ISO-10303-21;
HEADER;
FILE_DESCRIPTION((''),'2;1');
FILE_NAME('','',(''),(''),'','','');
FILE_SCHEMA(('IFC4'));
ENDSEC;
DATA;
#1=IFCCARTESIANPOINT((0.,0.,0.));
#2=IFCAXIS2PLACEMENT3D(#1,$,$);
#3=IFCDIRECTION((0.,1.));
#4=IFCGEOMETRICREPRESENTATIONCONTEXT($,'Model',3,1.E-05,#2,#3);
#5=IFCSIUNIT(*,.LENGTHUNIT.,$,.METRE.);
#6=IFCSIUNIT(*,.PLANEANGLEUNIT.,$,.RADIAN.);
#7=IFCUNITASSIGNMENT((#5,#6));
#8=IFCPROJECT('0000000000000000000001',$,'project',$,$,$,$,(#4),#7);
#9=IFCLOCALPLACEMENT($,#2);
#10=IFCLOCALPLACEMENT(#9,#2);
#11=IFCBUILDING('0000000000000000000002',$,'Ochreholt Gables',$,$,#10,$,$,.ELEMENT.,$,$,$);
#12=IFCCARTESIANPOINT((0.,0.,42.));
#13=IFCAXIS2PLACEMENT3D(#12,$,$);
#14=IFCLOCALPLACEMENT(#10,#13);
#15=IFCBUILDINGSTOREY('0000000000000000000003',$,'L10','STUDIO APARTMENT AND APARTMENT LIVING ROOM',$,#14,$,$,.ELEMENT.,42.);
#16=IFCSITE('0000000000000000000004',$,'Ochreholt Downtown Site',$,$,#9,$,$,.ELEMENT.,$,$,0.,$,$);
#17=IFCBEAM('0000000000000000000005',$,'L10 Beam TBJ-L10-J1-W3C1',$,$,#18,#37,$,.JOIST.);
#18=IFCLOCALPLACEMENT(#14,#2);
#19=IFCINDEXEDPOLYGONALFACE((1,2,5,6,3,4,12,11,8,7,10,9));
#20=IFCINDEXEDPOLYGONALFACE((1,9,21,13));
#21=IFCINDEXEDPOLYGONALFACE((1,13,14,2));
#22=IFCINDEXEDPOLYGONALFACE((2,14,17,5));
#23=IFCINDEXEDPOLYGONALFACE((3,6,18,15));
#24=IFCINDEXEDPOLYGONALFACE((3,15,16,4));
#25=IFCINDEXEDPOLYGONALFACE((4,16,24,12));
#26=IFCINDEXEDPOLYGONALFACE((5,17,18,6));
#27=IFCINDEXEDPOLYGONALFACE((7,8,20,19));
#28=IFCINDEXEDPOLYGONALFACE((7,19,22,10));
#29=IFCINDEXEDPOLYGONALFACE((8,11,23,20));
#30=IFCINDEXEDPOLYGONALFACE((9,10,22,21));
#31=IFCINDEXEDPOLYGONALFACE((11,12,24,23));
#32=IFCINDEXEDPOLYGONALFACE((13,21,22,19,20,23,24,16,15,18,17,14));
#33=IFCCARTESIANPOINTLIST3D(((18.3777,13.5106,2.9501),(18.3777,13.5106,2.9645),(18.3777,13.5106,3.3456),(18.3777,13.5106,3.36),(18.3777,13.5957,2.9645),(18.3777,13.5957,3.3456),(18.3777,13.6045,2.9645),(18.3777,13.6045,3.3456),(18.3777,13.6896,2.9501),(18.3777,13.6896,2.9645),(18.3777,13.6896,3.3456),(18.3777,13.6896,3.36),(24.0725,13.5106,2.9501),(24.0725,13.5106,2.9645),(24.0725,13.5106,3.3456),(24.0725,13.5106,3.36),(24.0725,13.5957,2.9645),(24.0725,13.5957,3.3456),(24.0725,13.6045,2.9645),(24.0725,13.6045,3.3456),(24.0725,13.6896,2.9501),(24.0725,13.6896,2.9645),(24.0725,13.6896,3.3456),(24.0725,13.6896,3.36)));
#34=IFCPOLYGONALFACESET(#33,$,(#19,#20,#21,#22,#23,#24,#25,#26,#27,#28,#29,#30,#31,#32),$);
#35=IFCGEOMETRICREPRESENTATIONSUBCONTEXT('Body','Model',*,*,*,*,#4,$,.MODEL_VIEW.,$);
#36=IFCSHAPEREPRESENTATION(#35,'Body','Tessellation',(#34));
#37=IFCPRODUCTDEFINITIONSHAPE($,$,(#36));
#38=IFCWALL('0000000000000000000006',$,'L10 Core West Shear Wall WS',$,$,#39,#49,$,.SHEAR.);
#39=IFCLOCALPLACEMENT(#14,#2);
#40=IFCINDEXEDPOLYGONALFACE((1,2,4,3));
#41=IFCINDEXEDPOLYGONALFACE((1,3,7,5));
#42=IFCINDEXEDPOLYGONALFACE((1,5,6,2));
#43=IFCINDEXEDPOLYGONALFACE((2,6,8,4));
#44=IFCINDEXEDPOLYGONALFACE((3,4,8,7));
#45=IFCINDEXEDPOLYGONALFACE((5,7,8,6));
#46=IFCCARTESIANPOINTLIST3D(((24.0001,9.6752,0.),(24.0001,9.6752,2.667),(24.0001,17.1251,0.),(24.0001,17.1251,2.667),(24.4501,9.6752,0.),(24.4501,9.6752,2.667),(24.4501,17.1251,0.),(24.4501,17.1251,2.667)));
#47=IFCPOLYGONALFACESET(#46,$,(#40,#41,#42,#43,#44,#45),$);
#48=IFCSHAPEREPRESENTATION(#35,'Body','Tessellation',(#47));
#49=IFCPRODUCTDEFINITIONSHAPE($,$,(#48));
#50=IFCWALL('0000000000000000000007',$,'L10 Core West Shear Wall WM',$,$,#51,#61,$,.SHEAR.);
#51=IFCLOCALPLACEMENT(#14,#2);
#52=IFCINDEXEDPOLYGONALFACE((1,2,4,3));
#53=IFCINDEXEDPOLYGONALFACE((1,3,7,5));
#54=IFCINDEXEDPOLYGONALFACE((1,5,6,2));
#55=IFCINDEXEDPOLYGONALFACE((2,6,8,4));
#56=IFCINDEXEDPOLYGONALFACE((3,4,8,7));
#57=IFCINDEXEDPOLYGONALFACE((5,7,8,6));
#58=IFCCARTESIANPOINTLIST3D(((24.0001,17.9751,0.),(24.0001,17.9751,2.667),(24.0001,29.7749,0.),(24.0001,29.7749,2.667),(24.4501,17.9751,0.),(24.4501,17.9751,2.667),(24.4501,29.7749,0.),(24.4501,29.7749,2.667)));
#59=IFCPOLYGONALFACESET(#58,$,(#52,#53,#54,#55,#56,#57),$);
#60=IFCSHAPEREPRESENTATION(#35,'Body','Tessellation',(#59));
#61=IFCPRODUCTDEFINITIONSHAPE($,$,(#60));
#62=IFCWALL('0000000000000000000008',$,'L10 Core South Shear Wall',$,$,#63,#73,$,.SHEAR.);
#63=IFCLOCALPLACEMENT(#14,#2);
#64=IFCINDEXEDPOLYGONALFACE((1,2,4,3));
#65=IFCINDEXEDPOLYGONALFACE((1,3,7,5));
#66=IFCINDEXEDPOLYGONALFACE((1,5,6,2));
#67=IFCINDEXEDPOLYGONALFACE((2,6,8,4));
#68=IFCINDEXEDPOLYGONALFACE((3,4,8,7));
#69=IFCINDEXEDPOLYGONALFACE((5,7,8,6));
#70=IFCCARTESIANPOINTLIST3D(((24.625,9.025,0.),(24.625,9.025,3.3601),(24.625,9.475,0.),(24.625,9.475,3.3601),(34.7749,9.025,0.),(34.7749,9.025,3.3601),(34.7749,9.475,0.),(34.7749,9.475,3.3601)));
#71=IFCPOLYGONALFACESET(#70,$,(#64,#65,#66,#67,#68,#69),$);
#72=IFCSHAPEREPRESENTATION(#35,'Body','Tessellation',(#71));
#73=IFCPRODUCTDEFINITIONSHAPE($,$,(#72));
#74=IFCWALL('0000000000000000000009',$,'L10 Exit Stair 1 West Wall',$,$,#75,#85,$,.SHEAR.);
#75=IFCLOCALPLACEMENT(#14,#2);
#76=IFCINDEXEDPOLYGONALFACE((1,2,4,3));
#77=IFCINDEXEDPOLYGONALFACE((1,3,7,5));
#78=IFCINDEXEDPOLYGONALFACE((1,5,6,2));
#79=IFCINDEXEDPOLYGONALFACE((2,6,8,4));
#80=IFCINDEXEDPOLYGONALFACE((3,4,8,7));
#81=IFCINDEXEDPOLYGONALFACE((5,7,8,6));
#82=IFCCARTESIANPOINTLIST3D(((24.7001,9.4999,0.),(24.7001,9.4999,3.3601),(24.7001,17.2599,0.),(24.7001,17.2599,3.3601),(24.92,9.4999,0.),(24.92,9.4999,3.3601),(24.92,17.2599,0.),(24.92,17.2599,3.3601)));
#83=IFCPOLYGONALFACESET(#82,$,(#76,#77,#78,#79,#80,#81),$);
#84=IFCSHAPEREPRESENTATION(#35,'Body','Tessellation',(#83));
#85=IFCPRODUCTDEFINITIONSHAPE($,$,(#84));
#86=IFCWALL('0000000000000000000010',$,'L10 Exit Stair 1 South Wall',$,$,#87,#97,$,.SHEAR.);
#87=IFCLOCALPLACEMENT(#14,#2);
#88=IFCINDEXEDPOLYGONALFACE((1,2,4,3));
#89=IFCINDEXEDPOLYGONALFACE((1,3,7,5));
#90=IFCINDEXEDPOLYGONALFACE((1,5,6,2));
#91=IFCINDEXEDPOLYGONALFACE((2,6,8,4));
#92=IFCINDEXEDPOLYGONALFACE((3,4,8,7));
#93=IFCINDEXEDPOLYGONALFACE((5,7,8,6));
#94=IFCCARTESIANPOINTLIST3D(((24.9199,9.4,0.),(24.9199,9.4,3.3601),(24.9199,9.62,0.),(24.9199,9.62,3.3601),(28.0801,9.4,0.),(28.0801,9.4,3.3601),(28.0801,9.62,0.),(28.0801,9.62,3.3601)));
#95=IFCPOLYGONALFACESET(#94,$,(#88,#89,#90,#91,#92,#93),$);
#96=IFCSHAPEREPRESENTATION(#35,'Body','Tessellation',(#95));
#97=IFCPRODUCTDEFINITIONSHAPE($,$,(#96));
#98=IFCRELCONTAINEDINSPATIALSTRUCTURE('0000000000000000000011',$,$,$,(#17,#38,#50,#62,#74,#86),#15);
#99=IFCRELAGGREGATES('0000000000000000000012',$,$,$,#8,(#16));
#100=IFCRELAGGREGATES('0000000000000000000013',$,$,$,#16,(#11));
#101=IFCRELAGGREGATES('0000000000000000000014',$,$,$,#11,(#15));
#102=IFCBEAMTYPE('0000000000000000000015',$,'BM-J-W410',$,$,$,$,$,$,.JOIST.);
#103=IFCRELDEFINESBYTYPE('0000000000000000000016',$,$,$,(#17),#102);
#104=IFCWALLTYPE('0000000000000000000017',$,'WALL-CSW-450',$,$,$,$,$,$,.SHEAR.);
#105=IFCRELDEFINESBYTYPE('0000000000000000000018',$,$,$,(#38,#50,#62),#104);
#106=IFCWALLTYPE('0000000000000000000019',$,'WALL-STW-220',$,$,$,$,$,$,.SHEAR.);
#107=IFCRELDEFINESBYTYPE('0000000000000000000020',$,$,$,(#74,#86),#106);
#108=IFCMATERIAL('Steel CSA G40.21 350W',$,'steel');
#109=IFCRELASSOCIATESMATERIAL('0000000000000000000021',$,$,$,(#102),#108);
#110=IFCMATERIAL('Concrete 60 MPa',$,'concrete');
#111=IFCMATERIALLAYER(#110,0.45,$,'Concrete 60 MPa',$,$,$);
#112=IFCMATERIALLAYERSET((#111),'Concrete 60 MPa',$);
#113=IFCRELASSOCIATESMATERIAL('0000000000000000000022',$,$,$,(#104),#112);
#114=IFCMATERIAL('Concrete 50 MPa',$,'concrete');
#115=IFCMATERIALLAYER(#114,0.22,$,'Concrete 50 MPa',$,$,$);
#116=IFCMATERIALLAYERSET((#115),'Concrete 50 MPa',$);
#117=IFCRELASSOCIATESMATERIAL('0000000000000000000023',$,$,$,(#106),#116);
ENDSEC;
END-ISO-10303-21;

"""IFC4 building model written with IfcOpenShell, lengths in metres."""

from ifc_helpers import new_model, si_unit, direction, frame, frame_2d, origin, origin_2d, place, context, subcontext, project, spatial, rectangle, i_section, extrude, material, layer, layer_set, material_profile, profile_set, type_object, element, save


model = new_model("IFC4")

# Units and contexts
model_context = context("Model", 3, precision=1e-05, world=origin(), true_north=direction((0.0, 1.0)))
body_context = subcontext(model_context, "Body", "Model", "MODEL_VIEW")
ifc_project = project(units=[si_unit("LENGTHUNIT", "METRE"), si_unit("PLANEANGLEUNIT", "RADIAN")], contexts=[model_context])

# Site, building, storey
site_placement = place(None, origin())
site = spatial("IfcSite", under=ifc_project, at=site_placement, Name="Ochreholt Downtown Site", CompositionType="ELEMENT", RefElevation=0.0)
building_placement = place(site_placement, origin())
building = spatial("IfcBuilding", under=site, at=building_placement, Name="Ochreholt Gables", CompositionType="ELEMENT")
storey_placement = place(building_placement, frame((0.0, 0.0, 42.0)))
storey = spatial("IfcBuildingStorey", under=building, at=storey_placement, Name="L10", Description="STUDIO APARTMENT AND APARTMENT LIVING ROOM", CompositionType="ELEMENT", Elevation=42.0)

# Shared definitions
ifc_material_1 = material(Name="Concrete 60 MPa", Category="concrete")

# Beam
ifc_material_2 = material(Name="Steel CSA G40.21 350W", Category="steel")
ifc_material_profile_1 = material_profile(ifc_material_2, i_section(OverallWidth=0.179, OverallDepth=0.4099, WebThickness=0.0088, FlangeThickness=0.0144, at=origin_2d()), Name="W410X67")
ifc_profile_set_1 = profile_set([ifc_material_profile_1], Name="Steel CSA G40.21 350W")
beam_type_1 = type_object("IfcBeamType", Name="BM-J-W410", PredefinedType="JOIST", material=ifc_profile_set_1)
beam_1_placement = place(storey_placement, frame((18.3777, 13.6001, 3.155), z_axis=(1.0, 0.0, 0.0), x_axis=(0.0, 1.0, 0.0)))
element("IfcBeam", 1, at=beam_1_placement, inside=storey, type_object=beam_type_1, Name="L10 Beam TBJ-L10-J1-W3C1", PredefinedType="JOIST", context=body_context, shape_type="SweptSolid", body=[
    extrude(i_section(OverallWidth=0.179, OverallDepth=0.4099, WebThickness=0.0088, FlangeThickness=0.0144, at=origin_2d()), origin(), (0.0, 0.0, 1.0), 5.6948),
])

# Walls
ifc_layer_1 = layer(ifc_material_1, 0.45, Name="Concrete 60 MPa")
ifc_layer_set_1 = layer_set([ifc_layer_1], Name="Concrete 60 MPa")
wall_type_1 = type_object("IfcWallType", Name="WALL-CSW-450", PredefinedType="SHEAR", material=ifc_layer_set_1)
wall_1_placement = place(storey_placement, frame((24.2251, 9.675, 0.0), z_axis=(0.0, 0.0, 1.0), x_axis=(0.0, 1.0, 0.0)))
element("IfcWall", 2, at=wall_1_placement, inside=storey, type_object=wall_type_1, Name="L10 Core West Shear Wall WS", PredefinedType="SHEAR", context=body_context, shape_type="SweptSolid", body=[
    extrude(rectangle(XDim=7.45, YDim=0.45, at=frame_2d((3.7251, 0.0))), origin(), (0.0, 0.0, 1.0), 2.667),
])
wall_2_placement = place(storey_placement, frame((24.2251, 17.9751, 0.0), z_axis=(0.0, 0.0, 1.0), x_axis=(0.0, 1.0, 0.0)))
element("IfcWall", 3, at=wall_2_placement, inside=storey, type_object=wall_type_1, Name="L10 Core West Shear Wall WM", PredefinedType="SHEAR", context=body_context, shape_type="SweptSolid", body=[
    extrude(rectangle(XDim=11.7998, YDim=0.45, at=frame_2d((5.8999, 0.0))), origin(), (0.0, 0.0, 1.0), 2.667),
])
wall_3_placement = place(storey_placement, frame((24.625, 9.25, 0.0), z_axis=(0.0, 0.0, 1.0), x_axis=(1.0, 0.0, 0.0)))
element("IfcWall", 4, at=wall_3_placement, inside=storey, type_object=wall_type_1, Name="L10 Core South Shear Wall", PredefinedType="SHEAR", context=body_context, shape_type="SweptSolid", body=[
    extrude(rectangle(XDim=10.1499, YDim=0.45, at=frame_2d((5.075, 0.0))), origin(), (0.0, 0.0, 1.0), 3.3601),
])
ifc_material_3 = material(Name="Concrete 50 MPa", Category="concrete")
ifc_layer_2 = layer(ifc_material_3, 0.22, Name="Concrete 50 MPa")
ifc_layer_set_2 = layer_set([ifc_layer_2], Name="Concrete 50 MPa")
wall_type_2 = type_object("IfcWallType", Name="WALL-STW-220", PredefinedType="SHEAR", material=ifc_layer_set_2)
wall_4_placement = place(storey_placement, frame((24.8101, 9.5, 0.0), z_axis=(0.0, 0.0, 1.0), x_axis=(0.0, 1.0, 0.0)))
element("IfcWall", 5, at=wall_4_placement, inside=storey, type_object=wall_type_2, Name="L10 Exit Stair 1 West Wall", PredefinedType="SHEAR", context=body_context, shape_type="SweptSolid", body=[
    extrude(rectangle(XDim=7.76, YDim=0.22, at=frame_2d((3.8799, 0.0))), origin(), (0.0, 0.0, 1.0), 3.3601),
])
wall_5_placement = place(storey_placement, frame((24.9199, 9.51, 0.0), z_axis=(0.0, 0.0, 1.0), x_axis=(1.0, 0.0, 0.0)))
element("IfcWall", 6, at=wall_5_placement, inside=storey, type_object=wall_type_2, Name="L10 Exit Stair 1 South Wall", PredefinedType="SHEAR", context=body_context, shape_type="SweptSolid", body=[
    extrude(rectangle(XDim=3.1602, YDim=0.22, at=frame_2d((1.5801, 0.0))), origin(), (0.0, 0.0, 1.0), 3.3601),
])

save(model, "model.ifc")
